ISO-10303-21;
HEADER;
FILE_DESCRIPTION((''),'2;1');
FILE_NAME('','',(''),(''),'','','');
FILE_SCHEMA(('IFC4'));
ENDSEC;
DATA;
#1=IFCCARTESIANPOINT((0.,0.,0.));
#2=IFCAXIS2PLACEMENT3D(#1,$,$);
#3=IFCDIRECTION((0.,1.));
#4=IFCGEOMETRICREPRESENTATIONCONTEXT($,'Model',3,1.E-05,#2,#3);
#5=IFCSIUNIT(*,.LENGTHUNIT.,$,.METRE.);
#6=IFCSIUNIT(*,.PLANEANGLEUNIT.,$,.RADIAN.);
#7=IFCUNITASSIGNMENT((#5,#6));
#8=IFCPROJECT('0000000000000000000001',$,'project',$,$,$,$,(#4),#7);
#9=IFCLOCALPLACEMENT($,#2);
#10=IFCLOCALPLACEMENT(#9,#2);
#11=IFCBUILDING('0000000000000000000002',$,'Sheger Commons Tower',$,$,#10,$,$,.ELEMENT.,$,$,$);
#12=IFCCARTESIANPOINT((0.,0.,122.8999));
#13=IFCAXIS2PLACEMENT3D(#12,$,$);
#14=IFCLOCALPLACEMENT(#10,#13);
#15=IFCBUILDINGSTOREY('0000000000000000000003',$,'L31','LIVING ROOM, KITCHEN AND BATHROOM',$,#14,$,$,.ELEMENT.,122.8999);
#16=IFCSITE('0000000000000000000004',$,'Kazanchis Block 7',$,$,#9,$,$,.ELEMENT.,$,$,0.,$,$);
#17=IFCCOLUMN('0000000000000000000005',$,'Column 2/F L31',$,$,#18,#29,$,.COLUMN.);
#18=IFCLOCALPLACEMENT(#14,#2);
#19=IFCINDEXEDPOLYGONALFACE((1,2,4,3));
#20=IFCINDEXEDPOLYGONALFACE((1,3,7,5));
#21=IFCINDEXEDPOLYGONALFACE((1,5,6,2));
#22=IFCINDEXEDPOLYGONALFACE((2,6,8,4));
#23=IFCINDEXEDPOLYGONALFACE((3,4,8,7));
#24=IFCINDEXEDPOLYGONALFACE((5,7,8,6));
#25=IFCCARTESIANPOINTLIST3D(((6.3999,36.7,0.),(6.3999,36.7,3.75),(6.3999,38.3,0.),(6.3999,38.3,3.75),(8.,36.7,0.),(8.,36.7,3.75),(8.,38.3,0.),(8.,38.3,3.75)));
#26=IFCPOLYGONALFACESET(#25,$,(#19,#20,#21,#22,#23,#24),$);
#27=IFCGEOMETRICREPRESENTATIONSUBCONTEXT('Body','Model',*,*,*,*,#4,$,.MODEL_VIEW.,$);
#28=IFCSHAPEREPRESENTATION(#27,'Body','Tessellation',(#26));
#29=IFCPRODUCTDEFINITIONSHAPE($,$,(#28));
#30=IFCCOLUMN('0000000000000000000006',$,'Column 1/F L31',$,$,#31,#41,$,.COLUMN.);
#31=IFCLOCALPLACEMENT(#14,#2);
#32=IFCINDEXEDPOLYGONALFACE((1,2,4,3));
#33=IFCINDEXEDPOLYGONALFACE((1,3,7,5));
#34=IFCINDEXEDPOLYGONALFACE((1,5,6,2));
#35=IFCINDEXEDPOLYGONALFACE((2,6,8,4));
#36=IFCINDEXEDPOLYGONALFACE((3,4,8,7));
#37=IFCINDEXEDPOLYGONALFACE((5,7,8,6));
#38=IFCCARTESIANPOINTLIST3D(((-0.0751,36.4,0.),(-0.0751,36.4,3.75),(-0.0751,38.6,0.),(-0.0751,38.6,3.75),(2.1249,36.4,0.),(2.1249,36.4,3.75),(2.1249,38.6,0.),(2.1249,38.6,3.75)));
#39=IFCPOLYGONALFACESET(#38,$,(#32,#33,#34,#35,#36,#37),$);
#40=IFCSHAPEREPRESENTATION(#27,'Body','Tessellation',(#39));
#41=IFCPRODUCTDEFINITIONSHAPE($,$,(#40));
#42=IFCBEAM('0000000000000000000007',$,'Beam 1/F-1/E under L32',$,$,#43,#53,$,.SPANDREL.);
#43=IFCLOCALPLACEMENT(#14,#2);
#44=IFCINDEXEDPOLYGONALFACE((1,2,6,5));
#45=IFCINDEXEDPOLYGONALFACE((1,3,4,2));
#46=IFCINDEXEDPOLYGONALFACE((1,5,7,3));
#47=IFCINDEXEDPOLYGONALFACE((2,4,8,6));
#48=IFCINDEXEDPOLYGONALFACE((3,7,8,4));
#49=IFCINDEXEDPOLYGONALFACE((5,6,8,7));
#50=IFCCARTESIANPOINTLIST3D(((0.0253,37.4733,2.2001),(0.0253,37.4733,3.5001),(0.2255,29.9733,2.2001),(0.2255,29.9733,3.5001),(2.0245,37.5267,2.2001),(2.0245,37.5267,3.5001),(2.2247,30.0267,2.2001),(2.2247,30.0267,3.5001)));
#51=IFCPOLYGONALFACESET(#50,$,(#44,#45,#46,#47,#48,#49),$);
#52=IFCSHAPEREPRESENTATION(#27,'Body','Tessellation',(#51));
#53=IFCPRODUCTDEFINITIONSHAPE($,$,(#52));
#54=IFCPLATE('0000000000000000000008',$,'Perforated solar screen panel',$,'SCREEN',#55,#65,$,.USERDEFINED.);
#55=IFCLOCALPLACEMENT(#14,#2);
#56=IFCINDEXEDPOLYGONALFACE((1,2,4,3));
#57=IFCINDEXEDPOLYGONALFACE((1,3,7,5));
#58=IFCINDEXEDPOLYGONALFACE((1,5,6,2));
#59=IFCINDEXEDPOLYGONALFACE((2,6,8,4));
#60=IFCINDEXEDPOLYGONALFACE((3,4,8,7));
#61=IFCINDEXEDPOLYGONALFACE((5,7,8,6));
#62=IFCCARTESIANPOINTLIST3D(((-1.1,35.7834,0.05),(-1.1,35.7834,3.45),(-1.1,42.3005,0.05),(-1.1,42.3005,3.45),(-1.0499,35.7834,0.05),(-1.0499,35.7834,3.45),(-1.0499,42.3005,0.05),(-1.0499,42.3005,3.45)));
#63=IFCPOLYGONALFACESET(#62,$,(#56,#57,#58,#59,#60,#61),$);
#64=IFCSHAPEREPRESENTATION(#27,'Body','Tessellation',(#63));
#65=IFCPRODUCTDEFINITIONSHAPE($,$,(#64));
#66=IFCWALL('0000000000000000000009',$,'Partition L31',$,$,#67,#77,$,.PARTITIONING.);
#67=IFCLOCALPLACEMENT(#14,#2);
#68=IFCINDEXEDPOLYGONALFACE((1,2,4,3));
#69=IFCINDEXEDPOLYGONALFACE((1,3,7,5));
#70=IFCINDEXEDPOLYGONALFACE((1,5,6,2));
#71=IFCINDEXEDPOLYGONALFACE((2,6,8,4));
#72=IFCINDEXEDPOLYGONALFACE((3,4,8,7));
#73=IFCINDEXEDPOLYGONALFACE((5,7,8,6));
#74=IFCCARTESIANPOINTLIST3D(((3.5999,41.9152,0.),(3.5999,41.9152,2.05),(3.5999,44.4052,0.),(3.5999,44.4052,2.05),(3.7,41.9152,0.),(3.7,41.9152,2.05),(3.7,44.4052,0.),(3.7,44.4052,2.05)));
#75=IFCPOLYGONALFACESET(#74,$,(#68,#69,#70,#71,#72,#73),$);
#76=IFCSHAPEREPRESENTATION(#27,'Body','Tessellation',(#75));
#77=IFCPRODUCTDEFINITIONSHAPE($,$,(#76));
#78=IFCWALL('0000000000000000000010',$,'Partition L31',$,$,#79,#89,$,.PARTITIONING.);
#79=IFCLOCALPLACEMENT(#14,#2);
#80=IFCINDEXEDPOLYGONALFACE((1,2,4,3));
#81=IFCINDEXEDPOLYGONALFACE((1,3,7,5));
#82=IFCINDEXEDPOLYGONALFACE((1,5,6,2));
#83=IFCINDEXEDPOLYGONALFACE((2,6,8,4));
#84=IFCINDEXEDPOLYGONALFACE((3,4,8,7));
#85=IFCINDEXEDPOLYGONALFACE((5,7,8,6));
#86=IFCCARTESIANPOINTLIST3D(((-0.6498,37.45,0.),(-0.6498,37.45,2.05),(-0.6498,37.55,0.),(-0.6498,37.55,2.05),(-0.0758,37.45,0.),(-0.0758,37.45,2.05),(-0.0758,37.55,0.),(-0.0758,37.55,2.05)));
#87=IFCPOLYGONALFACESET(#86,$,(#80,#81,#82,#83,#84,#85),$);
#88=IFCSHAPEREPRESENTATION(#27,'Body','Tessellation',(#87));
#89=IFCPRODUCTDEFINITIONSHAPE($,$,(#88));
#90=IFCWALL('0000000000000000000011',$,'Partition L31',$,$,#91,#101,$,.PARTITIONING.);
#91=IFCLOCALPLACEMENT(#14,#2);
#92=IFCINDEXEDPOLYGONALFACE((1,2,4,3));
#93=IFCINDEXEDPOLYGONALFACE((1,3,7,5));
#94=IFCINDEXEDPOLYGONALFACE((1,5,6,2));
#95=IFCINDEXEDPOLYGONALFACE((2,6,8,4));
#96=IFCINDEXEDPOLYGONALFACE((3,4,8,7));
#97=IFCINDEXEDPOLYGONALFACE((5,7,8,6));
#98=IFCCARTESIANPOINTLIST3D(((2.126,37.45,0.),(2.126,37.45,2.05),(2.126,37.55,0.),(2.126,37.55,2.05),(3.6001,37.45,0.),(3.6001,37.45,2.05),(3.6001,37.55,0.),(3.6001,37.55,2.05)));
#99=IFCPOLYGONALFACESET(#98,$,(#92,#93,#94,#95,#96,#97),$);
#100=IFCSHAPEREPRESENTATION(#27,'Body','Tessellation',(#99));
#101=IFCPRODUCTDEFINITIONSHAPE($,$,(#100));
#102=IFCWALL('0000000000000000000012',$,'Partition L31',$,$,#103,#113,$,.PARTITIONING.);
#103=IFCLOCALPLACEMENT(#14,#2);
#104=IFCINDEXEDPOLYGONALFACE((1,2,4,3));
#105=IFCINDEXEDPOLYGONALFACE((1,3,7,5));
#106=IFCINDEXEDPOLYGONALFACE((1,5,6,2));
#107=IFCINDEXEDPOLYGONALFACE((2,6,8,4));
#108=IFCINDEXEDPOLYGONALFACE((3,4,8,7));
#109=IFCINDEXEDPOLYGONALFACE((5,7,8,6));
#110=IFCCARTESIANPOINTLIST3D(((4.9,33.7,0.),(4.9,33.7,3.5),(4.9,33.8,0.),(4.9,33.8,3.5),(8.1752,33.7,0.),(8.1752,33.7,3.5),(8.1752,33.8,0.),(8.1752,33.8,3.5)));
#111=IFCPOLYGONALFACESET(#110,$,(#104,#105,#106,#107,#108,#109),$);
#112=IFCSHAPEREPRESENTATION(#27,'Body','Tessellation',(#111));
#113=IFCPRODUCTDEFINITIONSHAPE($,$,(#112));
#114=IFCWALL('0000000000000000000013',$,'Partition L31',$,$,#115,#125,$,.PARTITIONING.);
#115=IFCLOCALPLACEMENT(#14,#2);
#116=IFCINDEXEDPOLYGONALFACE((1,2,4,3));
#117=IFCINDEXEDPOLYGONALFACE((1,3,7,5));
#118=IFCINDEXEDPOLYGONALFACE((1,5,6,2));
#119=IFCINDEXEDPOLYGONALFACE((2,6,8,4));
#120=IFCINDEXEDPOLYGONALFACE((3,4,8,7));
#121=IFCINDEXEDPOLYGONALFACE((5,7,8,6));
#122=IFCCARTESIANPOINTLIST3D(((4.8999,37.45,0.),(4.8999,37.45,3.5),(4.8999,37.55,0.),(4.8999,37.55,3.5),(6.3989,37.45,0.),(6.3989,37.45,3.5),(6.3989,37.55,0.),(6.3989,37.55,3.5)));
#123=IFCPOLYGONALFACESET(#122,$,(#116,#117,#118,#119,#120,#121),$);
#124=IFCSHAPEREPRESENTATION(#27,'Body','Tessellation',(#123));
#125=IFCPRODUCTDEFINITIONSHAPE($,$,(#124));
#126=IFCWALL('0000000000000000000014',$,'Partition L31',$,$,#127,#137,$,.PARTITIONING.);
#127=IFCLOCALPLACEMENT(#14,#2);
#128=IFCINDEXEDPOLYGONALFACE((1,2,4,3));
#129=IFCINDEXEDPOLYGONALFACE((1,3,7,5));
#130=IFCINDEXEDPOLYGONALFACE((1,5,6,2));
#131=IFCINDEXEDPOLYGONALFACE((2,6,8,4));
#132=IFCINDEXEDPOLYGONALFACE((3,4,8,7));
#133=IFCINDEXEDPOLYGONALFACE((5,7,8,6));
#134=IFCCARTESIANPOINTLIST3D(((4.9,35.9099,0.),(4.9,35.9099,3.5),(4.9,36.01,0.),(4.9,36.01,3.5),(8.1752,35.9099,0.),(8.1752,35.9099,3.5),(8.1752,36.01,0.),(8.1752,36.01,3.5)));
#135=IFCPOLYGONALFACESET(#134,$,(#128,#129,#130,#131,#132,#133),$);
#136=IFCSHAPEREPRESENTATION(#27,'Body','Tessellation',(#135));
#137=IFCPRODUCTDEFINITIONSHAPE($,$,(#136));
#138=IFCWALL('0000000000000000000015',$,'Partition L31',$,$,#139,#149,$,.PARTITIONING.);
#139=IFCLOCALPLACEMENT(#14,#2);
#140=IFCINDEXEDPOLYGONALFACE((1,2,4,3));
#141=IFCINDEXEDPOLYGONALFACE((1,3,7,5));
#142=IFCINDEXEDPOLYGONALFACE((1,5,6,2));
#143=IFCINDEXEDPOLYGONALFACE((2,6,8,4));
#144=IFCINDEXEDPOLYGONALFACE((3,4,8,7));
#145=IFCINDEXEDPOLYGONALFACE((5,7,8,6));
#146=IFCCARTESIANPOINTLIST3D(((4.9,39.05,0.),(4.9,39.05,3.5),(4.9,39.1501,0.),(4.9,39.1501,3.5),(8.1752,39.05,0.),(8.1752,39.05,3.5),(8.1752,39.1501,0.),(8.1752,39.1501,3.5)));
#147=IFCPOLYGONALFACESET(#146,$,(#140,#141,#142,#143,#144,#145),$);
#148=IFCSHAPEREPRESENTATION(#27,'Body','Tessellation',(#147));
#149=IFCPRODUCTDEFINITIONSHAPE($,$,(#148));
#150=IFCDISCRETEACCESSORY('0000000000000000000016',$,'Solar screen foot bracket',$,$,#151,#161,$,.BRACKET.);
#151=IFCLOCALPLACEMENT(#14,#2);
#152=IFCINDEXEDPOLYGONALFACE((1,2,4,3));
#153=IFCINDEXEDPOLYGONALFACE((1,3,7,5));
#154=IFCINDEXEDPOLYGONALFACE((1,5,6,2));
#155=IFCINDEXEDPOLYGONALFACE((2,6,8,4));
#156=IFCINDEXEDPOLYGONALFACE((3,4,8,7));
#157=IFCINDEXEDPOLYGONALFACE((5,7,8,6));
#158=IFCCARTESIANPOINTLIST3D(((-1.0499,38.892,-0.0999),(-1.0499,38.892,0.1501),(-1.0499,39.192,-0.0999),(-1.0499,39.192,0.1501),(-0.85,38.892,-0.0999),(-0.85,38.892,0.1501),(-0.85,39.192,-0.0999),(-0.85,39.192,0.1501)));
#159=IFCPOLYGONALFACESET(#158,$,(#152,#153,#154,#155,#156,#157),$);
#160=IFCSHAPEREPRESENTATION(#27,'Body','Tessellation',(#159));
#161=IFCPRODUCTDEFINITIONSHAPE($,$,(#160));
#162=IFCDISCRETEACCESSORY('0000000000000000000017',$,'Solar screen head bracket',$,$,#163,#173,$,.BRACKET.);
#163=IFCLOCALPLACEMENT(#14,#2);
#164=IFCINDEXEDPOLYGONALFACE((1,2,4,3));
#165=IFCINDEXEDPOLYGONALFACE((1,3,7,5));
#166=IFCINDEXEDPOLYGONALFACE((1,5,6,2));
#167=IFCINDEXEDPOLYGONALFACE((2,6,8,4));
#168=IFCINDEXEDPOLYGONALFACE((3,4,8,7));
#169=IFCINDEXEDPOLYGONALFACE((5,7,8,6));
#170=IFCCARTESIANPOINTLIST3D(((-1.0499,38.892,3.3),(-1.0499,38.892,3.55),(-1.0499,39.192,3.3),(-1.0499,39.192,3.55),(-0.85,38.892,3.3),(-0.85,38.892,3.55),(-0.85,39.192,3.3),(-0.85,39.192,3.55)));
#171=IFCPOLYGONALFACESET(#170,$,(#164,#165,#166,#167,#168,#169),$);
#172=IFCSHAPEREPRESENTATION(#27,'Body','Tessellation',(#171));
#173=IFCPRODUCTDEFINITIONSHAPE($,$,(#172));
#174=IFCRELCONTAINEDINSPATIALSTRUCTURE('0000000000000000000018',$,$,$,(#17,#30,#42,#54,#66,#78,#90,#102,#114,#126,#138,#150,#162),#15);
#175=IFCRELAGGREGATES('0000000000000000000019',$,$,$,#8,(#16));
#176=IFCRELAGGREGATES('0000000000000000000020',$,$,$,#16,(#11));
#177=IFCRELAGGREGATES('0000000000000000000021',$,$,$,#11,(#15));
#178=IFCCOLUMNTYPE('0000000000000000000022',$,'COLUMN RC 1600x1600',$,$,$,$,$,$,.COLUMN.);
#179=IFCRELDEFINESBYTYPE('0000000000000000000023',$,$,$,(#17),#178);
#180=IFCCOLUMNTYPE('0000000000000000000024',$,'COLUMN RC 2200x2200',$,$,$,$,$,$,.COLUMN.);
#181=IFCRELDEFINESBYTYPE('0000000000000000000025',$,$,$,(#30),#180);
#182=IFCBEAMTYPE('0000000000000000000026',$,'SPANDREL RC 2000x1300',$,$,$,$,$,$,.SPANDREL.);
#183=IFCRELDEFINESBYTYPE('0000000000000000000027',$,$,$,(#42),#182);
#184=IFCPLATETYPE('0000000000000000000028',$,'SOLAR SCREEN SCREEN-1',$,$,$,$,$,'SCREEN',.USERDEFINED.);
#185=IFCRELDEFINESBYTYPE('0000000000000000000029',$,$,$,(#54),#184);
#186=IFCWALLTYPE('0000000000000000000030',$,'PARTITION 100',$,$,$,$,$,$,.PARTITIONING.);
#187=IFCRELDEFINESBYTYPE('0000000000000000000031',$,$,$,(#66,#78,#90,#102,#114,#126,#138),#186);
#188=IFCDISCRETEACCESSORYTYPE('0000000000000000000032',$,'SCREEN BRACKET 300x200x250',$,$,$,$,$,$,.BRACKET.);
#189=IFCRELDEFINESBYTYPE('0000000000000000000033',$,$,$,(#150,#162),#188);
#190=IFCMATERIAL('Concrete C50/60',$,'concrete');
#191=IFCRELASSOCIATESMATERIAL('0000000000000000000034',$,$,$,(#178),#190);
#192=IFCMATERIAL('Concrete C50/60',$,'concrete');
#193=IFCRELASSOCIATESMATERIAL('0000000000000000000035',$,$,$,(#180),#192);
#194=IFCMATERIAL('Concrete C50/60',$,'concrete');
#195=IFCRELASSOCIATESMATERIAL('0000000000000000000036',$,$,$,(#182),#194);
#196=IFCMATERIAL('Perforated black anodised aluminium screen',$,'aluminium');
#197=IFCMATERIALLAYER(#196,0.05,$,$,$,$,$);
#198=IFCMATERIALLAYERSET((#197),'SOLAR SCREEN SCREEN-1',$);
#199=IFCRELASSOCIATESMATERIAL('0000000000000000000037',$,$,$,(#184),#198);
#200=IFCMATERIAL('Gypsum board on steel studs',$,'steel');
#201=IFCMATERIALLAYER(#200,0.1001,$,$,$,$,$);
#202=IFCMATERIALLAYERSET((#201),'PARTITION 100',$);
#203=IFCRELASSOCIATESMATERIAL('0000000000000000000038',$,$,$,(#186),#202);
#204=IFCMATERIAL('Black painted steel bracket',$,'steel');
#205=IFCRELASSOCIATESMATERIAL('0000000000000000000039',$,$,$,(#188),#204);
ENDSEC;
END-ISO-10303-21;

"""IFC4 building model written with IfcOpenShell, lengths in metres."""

from ifc_helpers import new_model, si_unit, direction, frame, frame_2d, origin, origin_2d, place, context, subcontext, project, spatial, rectangle, extrude, material, layer, layer_set, material_profile, profile_set, type_object, element, save


model = new_model("IFC4")

# Units and contexts
model_context = context("Model", 3, precision=1e-05, world=origin(), true_north=direction((0.0, 1.0)))
body_context = subcontext(model_context, "Body", "Model", "MODEL_VIEW")
ifc_project = project(units=[si_unit("LENGTHUNIT", "METRE"), si_unit("PLANEANGLEUNIT", "RADIAN")], contexts=[model_context])

# Site, building, storey
site_placement = place(None, origin())
site = spatial("IfcSite", under=ifc_project, at=site_placement, Name="Kazanchis Block 7", CompositionType="ELEMENT", RefElevation=0.0)
building_placement = place(site_placement, origin())
building = spatial("IfcBuilding", under=site, at=building_placement, Name="Sheger Commons Tower", CompositionType="ELEMENT")
storey_placement = place(building_placement, frame((0.0, 0.0, 122.8999)))
storey = spatial("IfcBuildingStorey", under=building, at=storey_placement, Name="L31", Description="LIVING ROOM, KITCHEN AND BATHROOM", CompositionType="ELEMENT", Elevation=122.8999)

# Columns
ifc_material_1 = material(Name="Concrete C50/60", Category="concrete")
ifc_material_profile_1 = material_profile(ifc_material_1, rectangle(XDim=1.6001, YDim=1.6001, at=origin_2d()), Name="RC 1600x1600")
ifc_profile_set_1 = profile_set([ifc_material_profile_1], Name="Concrete C50/60")
column_type_1 = type_object("IfcColumnType", Name="COLUMN RC 1600x1600", PredefinedType="COLUMN", material=ifc_profile_set_1)
column_1_placement = place(storey_placement, frame((7.2, 37.5, 0.0), z_axis=(0.0, 0.0, 1.0), x_axis=(1.0, 0.0, 0.0)))
element("IfcColumn", 1, at=column_1_placement, inside=storey, type_object=column_type_1, Name="Column 2/F L31", PredefinedType="COLUMN", context=body_context, shape_type="SweptSolid", body=[
    extrude(rectangle(XDim=1.6001, YDim=1.6001, at=origin_2d()), origin(), (0.0, 0.0, 1.0), 3.75),
])
ifc_material_2 = material(Name="Concrete C50/60", Category="concrete")
ifc_material_profile_2 = material_profile(ifc_material_2, rectangle(XDim=2.2, YDim=2.2, at=origin_2d()), Name="RC 2200x2200")
ifc_profile_set_2 = profile_set([ifc_material_profile_2], Name="Concrete C50/60")
column_type_2 = type_object("IfcColumnType", Name="COLUMN RC 2200x2200", PredefinedType="COLUMN", material=ifc_profile_set_2)
column_2_placement = place(storey_placement, frame((1.0249, 37.5, 0.0), z_axis=(0.0, 0.0, 1.0), x_axis=(1.0, 0.0, 0.0)))
element("IfcColumn", 2, at=column_2_placement, inside=storey, type_object=column_type_2, Name="Column 1/F L31", PredefinedType="COLUMN", context=body_context, shape_type="SweptSolid", body=[
    extrude(rectangle(XDim=2.2, YDim=2.2, at=origin_2d()), origin(), (0.0, 0.0, 1.0), 3.75),
])

# Beam
ifc_material_3 = material(Name="Concrete C50/60", Category="concrete")
ifc_material_profile_3 = material_profile(ifc_material_3, rectangle(XDim=2.0, YDim=1.3, at=origin_2d()), Name="RC 2000x1300")
ifc_profile_set_3 = profile_set([ifc_material_profile_3], Name="Concrete C50/60")
beam_type = type_object("IfcBeamType", Name="SPANDREL RC 2000x1300", PredefinedType="SPANDREL", material=ifc_profile_set_3)
beam_placement = place(storey_placement, frame((1.0249, 37.5, 2.8501), z_axis=(0.026683, -0.999644, 0.0), x_axis=(0.999644, 0.026683, 0.0)))
element("IfcBeam", 3, at=beam_placement, inside=storey, type_object=beam_type, Name="Beam 1/F-1/E under L32", PredefinedType="SPANDREL", context=body_context, shape_type="SweptSolid", body=[
    extrude(rectangle(XDim=2.0, YDim=1.3, at=origin_2d()), origin(), (0.0, 0.0, 1.0), 7.5027),
])

# Plate
ifc_material_4 = material(Name="Perforated black anodised aluminium screen", Category="aluminium")
ifc_layer_1 = layer(ifc_material_4, 0.05)
ifc_layer_set_1 = layer_set([ifc_layer_1], Name="SOLAR SCREEN SCREEN-1")
plate_type = type_object("IfcPlateType", Name="SOLAR SCREEN SCREEN-1", ElementType="SCREEN", PredefinedType="USERDEFINED", material=ifc_layer_set_1)
plate_placement = place(storey_placement, frame((-1.075, 39.042, 0.05), z_axis=(0.0, 0.0, 1.0), x_axis=(0.0, -1.0, 0.0)))
element("IfcPlate", 4, at=plate_placement, inside=storey, type_object=plate_type, Name="Perforated solar screen panel", ObjectType="SCREEN", PredefinedType="USERDEFINED", context=body_context, shape_type="SweptSolid", body=[
    extrude(rectangle(XDim=6.5171, YDim=0.05, at=origin_2d()), origin(), (0.0, 0.0, 1.0), 3.3999),
])

# Walls
ifc_material_5 = material(Name="Gypsum board on steel studs", Category="steel")
ifc_layer_2 = layer(ifc_material_5, 0.1001)
ifc_layer_set_2 = layer_set([ifc_layer_2], Name="PARTITION 100")
wall_type = type_object("IfcWallType", Name="PARTITION 100", PredefinedType="PARTITIONING", material=ifc_layer_set_2)
wall_1_placement = place(storey_placement, frame((3.6499, 41.915, 0.0), z_axis=(0.0, 0.0, 1.0), x_axis=(0.0, 1.0, 0.0)))
element("IfcWall", 5, at=wall_1_placement, inside=storey, type_object=wall_type, Name="Partition L31", PredefinedType="PARTITIONING", context=body_context, shape_type="SweptSolid", body=[
    extrude(rectangle(XDim=2.49, YDim=0.1001, at=frame_2d((1.2451, 0.0))), origin(), (0.0, 0.0, 1.0), 2.05),
])
wall_2_placement = place(storey_placement, frame((-0.6499, 37.5, 0.0), z_axis=(0.0, 0.0, 1.0), x_axis=(1.0, 0.0, 0.0)))
element("IfcWall", 6, at=wall_2_placement, inside=storey, type_object=wall_type, Name="Partition L31", PredefinedType="PARTITIONING", context=body_context, shape_type="SweptSolid", body=[
    extrude(rectangle(XDim=0.574, YDim=0.1001, at=frame_2d((0.2871, 0.0))), origin(), (0.0, 0.0, 1.0), 2.05),
])
wall_3_placement = place(storey_placement, frame((2.126, 37.5, 0.0), z_axis=(0.0, 0.0, 1.0), x_axis=(1.0, 0.0, 0.0)))
element("IfcWall", 7, at=wall_3_placement, inside=storey, type_object=wall_type, Name="Partition L31", PredefinedType="PARTITIONING", context=body_context, shape_type="SweptSolid", body=[
    extrude(rectangle(XDim=1.4741, YDim=0.1001, at=frame_2d((0.7371, 0.0))), origin(), (0.0, 0.0, 1.0), 2.05),
])
wall_4_placement = place(storey_placement, frame((4.8999, 33.75, 0.0), z_axis=(0.0, 0.0, 1.0), x_axis=(1.0, 0.0, 0.0)))
element("IfcWall", 8, at=wall_4_placement, inside=storey, type_object=wall_type, Name="Partition L31", PredefinedType="PARTITIONING", context=body_context, shape_type="SweptSolid", body=[
    extrude(rectangle(XDim=3.2751, YDim=0.1001, at=frame_2d((1.6377, 0.0))), origin(), (0.0, 0.0, 1.0), 3.5),
])
wall_5_placement = place(storey_placement, frame((4.8999, 37.5, 0.0), z_axis=(0.0, 0.0, 1.0), x_axis=(1.0, 0.0, 0.0)))
element("IfcWall", 9, at=wall_5_placement, inside=storey, type_object=wall_type, Name="Partition L31", PredefinedType="PARTITIONING", context=body_context, shape_type="SweptSolid", body=[
    extrude(rectangle(XDim=1.499, YDim=0.1001, at=frame_2d((0.7495, 0.0))), origin(), (0.0, 0.0, 1.0), 3.5),
])
for number, where, z_axis, x_axis, name in (
    (10, (4.8999, 35.96, 0.0), (0.0, 0.0, 1.0), (1.0, 0.0, 0.0), "Partition L31"),
    (11, (4.8999, 39.1001, 0.0), (0.0, 0.0, 1.0), (1.0, 0.0, 0.0), "Partition L31"),
):
    element("IfcWall", number, at=place(storey_placement, frame(where, z_axis=z_axis, x_axis=x_axis)), inside=storey, type_object=wall_type, Name=name, PredefinedType="PARTITIONING", context=body_context, shape_type="SweptSolid", body=[
        extrude(rectangle(XDim=3.2751, YDim=0.1001, at=frame_2d((1.6377, 0.0))), origin(), (0.0, 0.0, 1.0), 3.5),
    ])

# Discrete accessories
ifc_material_6 = material(Name="Black painted steel bracket", Category="steel")
discrete_accessory_type = type_object("IfcDiscreteAccessoryType", Name="SCREEN BRACKET 300x200x250", PredefinedType="BRACKET", material=ifc_material_6)
for number, where, z_axis, x_axis, name in (
    (12, (-0.95, 39.042, -0.0999), (0.0, 0.0, 1.0), (0.0, -1.0, 0.0), "Solar screen foot bracket"),
    (13, (-0.95, 39.042, 3.3), (0.0, 0.0, 1.0), (0.0, -1.0, 0.0), "Solar screen head bracket"),
):
    element("IfcDiscreteAccessory", number, at=place(storey_placement, frame(where, z_axis=z_axis, x_axis=x_axis)), inside=storey, type_object=discrete_accessory_type, Name=name, PredefinedType="BRACKET", context=body_context, shape_type="SweptSolid", body=[
        extrude(rectangle(XDim=0.3, YDim=0.2, at=origin_2d()), origin(), (0.0, 0.0, 1.0), 0.25),
    ])

save(model, "model.ifc")
